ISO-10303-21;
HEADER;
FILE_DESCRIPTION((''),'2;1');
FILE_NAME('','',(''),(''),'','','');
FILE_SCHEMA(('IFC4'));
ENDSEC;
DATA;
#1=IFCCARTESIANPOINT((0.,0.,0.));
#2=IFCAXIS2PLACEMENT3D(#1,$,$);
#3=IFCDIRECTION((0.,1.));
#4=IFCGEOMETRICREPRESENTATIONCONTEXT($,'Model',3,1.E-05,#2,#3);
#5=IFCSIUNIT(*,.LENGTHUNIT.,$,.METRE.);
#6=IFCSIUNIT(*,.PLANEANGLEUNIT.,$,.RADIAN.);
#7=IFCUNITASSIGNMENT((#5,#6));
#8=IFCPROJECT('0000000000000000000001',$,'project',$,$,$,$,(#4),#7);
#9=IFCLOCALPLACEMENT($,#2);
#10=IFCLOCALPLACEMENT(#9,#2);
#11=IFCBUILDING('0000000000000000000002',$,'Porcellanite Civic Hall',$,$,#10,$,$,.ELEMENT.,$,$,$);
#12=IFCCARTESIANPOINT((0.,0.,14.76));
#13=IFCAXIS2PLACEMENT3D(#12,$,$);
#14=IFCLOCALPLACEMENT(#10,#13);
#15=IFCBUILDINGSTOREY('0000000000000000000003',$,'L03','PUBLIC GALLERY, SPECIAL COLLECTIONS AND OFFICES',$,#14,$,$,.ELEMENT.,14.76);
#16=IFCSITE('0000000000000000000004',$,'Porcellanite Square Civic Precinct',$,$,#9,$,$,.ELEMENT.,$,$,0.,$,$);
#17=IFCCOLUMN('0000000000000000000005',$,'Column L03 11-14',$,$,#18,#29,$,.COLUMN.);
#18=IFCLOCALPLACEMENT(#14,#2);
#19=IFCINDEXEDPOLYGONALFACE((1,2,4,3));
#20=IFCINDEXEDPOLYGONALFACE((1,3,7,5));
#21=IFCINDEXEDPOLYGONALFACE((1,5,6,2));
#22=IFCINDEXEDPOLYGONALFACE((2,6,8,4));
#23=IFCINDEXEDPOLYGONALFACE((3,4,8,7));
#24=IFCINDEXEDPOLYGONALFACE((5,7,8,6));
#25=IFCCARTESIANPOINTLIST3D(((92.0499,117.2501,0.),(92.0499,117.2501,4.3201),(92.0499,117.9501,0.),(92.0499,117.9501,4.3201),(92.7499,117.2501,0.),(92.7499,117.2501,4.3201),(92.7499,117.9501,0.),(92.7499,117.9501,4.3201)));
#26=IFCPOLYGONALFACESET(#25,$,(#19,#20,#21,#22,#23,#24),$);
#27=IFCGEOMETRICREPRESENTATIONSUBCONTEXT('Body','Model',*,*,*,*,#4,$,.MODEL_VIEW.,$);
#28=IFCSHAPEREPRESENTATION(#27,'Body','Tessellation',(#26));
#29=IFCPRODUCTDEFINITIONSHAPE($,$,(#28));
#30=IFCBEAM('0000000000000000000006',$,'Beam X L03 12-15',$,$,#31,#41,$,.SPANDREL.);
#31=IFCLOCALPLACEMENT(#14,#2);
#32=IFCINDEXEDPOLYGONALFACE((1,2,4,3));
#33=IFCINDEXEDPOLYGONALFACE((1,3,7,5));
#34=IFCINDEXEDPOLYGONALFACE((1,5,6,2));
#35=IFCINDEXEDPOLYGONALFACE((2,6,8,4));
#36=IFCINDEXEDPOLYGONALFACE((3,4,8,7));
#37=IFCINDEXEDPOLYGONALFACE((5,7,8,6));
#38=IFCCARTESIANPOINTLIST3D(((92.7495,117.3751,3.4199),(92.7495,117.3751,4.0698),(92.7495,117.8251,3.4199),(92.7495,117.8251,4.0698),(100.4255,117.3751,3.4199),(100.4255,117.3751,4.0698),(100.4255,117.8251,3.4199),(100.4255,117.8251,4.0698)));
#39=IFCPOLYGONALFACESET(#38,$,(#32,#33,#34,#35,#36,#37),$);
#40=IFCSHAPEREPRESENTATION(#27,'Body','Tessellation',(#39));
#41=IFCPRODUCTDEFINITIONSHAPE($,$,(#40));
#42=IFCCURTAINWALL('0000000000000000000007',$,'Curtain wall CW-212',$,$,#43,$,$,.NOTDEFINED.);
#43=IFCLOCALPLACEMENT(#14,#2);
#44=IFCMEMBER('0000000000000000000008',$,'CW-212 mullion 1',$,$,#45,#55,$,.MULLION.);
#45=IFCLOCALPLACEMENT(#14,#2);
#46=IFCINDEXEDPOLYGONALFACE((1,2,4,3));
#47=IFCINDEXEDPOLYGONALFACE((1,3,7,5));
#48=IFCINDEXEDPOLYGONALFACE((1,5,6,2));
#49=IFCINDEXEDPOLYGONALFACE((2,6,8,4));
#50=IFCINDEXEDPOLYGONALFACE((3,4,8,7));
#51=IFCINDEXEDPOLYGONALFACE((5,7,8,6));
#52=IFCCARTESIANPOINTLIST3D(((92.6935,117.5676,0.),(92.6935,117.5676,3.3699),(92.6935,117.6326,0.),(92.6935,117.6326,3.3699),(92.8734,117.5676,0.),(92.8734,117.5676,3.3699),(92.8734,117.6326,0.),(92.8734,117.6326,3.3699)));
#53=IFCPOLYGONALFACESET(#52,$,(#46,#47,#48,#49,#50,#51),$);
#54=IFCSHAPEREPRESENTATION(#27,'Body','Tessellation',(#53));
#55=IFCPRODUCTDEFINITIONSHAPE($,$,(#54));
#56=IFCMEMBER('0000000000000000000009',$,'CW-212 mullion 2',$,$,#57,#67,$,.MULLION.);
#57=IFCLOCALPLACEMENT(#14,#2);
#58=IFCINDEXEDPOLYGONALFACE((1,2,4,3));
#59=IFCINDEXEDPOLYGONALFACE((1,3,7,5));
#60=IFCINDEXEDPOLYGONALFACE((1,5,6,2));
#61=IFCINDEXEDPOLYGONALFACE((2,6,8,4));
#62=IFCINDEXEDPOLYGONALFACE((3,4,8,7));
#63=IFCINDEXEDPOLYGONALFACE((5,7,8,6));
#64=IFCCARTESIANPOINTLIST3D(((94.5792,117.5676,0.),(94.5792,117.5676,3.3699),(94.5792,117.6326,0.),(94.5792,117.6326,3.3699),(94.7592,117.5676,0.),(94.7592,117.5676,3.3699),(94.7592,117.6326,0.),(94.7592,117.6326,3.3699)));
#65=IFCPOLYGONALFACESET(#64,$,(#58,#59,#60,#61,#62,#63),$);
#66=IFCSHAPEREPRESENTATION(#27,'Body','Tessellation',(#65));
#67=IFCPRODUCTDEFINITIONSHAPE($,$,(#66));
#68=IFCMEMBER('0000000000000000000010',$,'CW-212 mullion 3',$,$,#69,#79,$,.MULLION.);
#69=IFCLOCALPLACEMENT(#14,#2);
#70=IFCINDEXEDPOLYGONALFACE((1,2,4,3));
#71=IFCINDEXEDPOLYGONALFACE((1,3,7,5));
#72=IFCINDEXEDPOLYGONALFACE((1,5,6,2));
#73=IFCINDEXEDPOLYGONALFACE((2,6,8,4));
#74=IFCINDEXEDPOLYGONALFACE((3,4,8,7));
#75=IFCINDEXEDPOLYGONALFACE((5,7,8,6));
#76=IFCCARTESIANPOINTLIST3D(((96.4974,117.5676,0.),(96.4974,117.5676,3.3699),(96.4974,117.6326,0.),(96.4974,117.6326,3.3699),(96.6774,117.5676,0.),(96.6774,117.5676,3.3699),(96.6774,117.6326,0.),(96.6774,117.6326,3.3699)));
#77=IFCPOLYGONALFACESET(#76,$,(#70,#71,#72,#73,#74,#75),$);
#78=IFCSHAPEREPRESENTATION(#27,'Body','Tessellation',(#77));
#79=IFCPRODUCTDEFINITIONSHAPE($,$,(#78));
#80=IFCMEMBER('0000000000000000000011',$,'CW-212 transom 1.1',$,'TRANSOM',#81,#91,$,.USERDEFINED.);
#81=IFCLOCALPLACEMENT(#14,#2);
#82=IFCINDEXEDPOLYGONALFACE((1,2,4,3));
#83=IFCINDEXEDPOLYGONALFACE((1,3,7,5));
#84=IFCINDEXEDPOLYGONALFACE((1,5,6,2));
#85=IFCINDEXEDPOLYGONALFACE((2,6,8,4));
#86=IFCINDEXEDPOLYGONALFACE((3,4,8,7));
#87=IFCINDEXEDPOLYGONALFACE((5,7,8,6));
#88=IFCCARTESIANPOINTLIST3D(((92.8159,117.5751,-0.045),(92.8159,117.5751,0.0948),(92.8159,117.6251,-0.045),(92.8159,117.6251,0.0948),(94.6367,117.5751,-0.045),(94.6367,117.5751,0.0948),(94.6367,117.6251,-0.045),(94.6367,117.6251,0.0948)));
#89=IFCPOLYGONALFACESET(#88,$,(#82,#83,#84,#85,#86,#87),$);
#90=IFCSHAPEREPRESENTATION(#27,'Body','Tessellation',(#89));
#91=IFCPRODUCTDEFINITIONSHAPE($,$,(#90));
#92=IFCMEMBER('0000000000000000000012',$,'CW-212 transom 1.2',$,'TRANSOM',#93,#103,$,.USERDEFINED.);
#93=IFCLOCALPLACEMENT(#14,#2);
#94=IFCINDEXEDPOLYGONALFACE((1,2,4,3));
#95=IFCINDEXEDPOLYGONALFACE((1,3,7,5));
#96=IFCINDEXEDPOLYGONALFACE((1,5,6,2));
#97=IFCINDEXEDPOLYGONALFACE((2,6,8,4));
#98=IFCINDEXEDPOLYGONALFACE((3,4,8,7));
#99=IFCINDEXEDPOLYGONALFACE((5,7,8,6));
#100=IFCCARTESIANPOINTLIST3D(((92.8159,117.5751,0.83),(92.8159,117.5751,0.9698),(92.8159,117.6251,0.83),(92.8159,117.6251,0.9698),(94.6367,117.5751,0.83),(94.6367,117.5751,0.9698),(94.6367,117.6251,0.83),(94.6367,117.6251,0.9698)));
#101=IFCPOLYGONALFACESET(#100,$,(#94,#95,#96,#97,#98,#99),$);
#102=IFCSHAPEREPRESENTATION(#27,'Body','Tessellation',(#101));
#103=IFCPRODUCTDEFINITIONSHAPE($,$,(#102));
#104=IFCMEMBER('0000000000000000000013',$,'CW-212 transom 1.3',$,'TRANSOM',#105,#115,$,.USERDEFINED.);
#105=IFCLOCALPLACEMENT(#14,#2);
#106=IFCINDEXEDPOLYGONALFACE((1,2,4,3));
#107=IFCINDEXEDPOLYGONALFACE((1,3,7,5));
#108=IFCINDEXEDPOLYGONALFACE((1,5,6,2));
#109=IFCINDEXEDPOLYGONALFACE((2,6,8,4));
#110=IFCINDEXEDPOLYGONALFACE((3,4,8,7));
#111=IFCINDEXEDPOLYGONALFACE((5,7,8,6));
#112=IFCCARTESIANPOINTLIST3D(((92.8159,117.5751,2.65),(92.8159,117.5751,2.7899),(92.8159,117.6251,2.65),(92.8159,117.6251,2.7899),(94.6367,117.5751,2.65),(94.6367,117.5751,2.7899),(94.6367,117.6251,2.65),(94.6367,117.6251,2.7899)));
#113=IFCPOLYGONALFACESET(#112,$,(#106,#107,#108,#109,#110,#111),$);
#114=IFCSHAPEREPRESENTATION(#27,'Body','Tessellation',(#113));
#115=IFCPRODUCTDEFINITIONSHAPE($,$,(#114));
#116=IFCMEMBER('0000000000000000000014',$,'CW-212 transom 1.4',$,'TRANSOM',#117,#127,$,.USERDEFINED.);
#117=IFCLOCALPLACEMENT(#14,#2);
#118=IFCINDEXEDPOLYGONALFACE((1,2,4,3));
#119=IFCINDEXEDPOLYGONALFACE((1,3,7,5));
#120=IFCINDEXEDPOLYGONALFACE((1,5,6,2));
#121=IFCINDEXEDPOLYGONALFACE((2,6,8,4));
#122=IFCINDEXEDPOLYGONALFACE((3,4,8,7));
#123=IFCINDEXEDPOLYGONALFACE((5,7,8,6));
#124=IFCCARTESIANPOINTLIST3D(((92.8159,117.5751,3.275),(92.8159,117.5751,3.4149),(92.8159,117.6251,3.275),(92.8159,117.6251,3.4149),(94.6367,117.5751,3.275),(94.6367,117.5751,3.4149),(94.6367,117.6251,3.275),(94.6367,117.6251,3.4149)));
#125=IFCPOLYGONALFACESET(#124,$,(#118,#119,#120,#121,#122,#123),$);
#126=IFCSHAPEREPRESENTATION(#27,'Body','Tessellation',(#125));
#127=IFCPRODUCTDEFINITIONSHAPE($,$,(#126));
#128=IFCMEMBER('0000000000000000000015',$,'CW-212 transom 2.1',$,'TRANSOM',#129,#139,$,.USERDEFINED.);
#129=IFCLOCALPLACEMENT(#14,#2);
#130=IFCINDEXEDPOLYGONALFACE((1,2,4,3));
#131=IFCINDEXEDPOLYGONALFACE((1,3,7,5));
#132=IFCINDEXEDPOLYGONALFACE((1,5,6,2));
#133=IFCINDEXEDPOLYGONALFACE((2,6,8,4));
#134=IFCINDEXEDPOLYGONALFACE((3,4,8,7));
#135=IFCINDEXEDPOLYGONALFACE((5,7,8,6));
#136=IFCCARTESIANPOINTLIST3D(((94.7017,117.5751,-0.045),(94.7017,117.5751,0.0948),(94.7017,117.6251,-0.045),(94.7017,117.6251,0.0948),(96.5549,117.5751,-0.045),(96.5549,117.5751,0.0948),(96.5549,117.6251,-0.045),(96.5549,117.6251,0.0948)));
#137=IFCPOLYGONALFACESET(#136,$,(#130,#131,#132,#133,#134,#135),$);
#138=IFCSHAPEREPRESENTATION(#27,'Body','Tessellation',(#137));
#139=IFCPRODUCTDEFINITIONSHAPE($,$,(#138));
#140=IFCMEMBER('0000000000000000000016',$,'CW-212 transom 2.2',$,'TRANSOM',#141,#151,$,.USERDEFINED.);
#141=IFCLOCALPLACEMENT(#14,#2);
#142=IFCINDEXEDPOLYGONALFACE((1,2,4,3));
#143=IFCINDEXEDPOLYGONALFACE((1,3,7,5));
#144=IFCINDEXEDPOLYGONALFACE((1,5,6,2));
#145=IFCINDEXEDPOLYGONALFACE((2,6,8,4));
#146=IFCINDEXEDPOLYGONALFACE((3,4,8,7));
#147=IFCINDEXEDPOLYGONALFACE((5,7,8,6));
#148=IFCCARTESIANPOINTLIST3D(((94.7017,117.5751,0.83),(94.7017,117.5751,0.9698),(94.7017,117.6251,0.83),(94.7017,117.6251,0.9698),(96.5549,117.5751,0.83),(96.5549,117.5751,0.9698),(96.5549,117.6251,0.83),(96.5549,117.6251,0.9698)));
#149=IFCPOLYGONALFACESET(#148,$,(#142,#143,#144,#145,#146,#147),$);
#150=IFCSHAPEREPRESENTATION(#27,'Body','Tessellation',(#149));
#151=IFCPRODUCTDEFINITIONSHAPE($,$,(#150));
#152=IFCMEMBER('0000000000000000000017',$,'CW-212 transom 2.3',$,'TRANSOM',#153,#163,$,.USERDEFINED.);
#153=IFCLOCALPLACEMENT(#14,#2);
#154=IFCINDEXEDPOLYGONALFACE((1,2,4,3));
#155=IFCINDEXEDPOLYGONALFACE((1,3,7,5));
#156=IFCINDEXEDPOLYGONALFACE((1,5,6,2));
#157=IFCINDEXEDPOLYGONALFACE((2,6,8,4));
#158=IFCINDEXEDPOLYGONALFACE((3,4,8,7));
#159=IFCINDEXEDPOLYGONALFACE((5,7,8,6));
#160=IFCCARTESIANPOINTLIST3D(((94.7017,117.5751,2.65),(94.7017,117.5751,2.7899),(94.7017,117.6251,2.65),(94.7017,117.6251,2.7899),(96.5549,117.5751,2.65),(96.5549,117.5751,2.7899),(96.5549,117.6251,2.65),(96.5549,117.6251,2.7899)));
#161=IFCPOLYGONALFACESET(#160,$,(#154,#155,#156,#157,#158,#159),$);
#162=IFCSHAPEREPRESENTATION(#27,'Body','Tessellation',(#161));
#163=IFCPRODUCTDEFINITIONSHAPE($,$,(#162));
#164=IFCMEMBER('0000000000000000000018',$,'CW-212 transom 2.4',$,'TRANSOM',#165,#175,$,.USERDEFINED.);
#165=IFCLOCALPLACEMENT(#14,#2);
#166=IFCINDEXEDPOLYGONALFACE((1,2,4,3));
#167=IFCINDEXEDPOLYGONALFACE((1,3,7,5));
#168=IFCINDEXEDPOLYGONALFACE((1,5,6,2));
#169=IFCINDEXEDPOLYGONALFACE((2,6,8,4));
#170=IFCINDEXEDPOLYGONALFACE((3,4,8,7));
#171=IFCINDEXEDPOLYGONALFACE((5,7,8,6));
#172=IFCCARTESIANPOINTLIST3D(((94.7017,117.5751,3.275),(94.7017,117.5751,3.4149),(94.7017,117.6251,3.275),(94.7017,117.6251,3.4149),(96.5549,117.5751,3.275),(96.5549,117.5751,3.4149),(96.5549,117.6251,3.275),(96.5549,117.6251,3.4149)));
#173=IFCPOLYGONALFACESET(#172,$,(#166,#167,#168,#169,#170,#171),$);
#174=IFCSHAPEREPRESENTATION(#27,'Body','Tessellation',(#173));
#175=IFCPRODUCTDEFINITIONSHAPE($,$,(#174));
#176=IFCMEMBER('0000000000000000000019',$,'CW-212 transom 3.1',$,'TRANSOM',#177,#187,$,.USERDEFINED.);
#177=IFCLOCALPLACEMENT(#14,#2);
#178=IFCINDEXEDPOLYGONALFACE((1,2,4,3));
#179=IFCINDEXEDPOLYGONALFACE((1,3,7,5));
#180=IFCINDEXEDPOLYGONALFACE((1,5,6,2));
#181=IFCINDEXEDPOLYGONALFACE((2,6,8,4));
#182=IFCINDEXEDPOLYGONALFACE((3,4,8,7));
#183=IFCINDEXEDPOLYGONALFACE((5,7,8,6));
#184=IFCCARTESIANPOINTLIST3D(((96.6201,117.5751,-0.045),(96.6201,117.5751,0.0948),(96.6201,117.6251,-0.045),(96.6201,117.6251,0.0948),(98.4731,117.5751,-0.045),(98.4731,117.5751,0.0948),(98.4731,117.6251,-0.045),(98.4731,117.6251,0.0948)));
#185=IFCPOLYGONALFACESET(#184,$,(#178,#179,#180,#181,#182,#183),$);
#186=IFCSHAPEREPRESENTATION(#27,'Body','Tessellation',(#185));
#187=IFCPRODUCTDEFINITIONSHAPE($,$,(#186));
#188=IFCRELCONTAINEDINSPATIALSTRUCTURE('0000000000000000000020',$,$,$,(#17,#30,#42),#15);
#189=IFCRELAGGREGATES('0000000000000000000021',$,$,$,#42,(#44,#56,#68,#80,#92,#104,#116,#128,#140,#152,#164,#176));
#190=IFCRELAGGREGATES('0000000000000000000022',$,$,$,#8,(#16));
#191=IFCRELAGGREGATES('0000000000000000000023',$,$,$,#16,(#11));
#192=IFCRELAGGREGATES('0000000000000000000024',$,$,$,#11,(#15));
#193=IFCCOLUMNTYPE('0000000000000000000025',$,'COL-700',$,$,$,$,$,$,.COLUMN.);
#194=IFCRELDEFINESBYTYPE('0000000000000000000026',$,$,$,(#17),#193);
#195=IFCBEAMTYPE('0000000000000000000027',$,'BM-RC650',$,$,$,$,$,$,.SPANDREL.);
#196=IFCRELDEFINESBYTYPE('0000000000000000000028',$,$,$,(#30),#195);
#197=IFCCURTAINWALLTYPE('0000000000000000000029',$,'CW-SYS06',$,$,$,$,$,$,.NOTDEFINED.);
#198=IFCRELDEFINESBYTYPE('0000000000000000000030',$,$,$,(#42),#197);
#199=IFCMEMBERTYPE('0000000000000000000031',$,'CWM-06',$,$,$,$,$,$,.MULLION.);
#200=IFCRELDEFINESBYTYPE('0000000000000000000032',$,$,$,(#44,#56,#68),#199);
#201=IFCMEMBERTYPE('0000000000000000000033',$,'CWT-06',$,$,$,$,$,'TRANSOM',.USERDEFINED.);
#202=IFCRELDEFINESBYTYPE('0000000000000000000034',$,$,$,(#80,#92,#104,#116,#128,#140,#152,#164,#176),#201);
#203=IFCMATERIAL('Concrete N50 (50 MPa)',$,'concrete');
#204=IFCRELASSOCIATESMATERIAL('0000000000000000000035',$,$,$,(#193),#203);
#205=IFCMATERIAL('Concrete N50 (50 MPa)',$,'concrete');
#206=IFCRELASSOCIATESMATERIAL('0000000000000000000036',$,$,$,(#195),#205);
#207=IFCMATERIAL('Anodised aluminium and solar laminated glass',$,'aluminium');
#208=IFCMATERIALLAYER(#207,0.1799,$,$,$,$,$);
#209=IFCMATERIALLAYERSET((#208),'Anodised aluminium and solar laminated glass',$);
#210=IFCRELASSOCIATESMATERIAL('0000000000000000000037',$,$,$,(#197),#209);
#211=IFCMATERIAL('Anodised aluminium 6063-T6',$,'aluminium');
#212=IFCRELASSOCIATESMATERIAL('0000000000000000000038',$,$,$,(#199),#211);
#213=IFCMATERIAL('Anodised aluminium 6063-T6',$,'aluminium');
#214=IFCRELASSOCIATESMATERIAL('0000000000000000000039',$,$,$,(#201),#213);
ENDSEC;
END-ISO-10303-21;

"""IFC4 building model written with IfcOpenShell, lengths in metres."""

from ifc_helpers import new_model, si_unit, direction, frame, origin, origin_2d, place, context, subcontext, project, spatial, rectangle, extrude, material, layer, layer_set, material_profile, profile_set, type_object, element, aggregate, save


model = new_model("IFC4")

# Units and contexts
model_context = context("Model", 3, precision=1e-05, world=origin(), true_north=direction((0.0, 1.0)))
body_context = subcontext(model_context, "Body", "Model", "MODEL_VIEW")
ifc_project = project(units=[si_unit("LENGTHUNIT", "METRE"), si_unit("PLANEANGLEUNIT", "RADIAN")], contexts=[model_context])

# Site, building, storey
site_placement = place(None, origin())
site = spatial("IfcSite", under=ifc_project, at=site_placement, Name="Porcellanite Square Civic Precinct", CompositionType="ELEMENT", RefElevation=0.0)
building_placement = place(site_placement, origin())
building = spatial("IfcBuilding", under=site, at=building_placement, Name="Porcellanite Civic Hall", CompositionType="ELEMENT")
storey_placement = place(building_placement, frame((0.0, 0.0, 14.76)))
storey = spatial("IfcBuildingStorey", under=building, at=storey_placement, Name="L03", Description="PUBLIC GALLERY, SPECIAL COLLECTIONS AND OFFICES", CompositionType="ELEMENT", Elevation=14.76)

# Column
ifc_material_1 = material(Name="Concrete N50 (50 MPa)", Category="concrete")
ifc_material_profile_1 = material_profile(ifc_material_1, rectangle(XDim=0.7, YDim=0.7, at=origin_2d()), Name="RC-700x700")
ifc_profile_set_1 = profile_set([ifc_material_profile_1], Name="Concrete N50 (50 MPa)")
column_type = type_object("IfcColumnType", Name="COL-700", PredefinedType="COLUMN", material=ifc_profile_set_1)
column_placement = place(storey_placement, frame((92.3999, 117.6001, 0.0), z_axis=(0.0, 0.0, 1.0), x_axis=(1.0, 0.0, 0.0)))
element("IfcColumn", 1, at=column_placement, inside=storey, type_object=column_type, Name="Column L03 11-14", PredefinedType="COLUMN", context=body_context, shape_type="SweptSolid", body=[
    extrude(rectangle(XDim=0.7, YDim=0.7, at=origin_2d()), origin(), (0.0, 0.0, 1.0), 4.3201),
])

# Beam
ifc_material_2 = material(Name="Concrete N50 (50 MPa)", Category="concrete")
ifc_material_profile_2 = material_profile(ifc_material_2, rectangle(XDim=0.45, YDim=0.6499, at=origin_2d()), Name="RC-450x650")
ifc_profile_set_2 = profile_set([ifc_material_profile_2], Name="Concrete N50 (50 MPa)")
beam_type = type_object("IfcBeamType", Name="BM-RC650", PredefinedType="SPANDREL", material=ifc_profile_set_2)
beam_placement = place(storey_placement, frame((92.7495, 117.6001, 3.7449), z_axis=(1.0, 0.0, 0.0), x_axis=(0.0, 1.0, 0.0)))
element("IfcBeam", 2, at=beam_placement, inside=storey, type_object=beam_type, Name="Beam X L03 12-15", PredefinedType="SPANDREL", context=body_context, shape_type="SweptSolid", body=[
    extrude(rectangle(XDim=0.45, YDim=0.6499, at=origin_2d()), origin(), (0.0, 0.0, 1.0), 7.676),
])

# Curtain wall, members
ifc_material_3 = material(Name="Anodised aluminium and solar laminated glass", Category="aluminium")
ifc_layer_1 = layer(ifc_material_3, 0.1799)
ifc_layer_set_1 = layer_set([ifc_layer_1], Name="Anodised aluminium and solar laminated glass")
curtain_wall_type = type_object("IfcCurtainWallType", Name="CW-SYS06", PredefinedType="NOTDEFINED", material=ifc_layer_set_1)
curtain_wall_placement = place(storey_placement, origin())
curtain_wall = element("IfcCurtainWall", 3, at=curtain_wall_placement, inside=storey, type_object=curtain_wall_type, Name="Curtain wall CW-212", PredefinedType="NOTDEFINED")
ifc_material_4 = material(Name="Anodised aluminium 6063-T6", Category="aluminium")
ifc_material_profile_3 = material_profile(ifc_material_4, rectangle(XDim=0.0649, YDim=0.1799, at=origin_2d()), Name="AL-65x180")
ifc_profile_set_3 = profile_set([ifc_material_profile_3], Name="Anodised aluminium 6063-T6")
member_type_1 = type_object("IfcMemberType", Name="CWM-06", PredefinedType="MULLION", material=ifc_profile_set_3)
member_1_placement = place(storey_placement, frame((92.7834, 117.6001, 0.0), z_axis=(0.0, 0.0, 1.0), x_axis=(0.0, 1.0, 0.0)))
member_1 = element("IfcMember", 4, at=member_1_placement, type_object=member_type_1, Name="CW-212 mullion 1", PredefinedType="MULLION", context=body_context, shape_type="SweptSolid", body=[
    extrude(rectangle(XDim=0.0649, YDim=0.1799, at=origin_2d()), origin(), (0.0, 0.0, 1.0), 3.3699),
])
member_2_placement = place(storey_placement, frame((94.6692, 117.6001, 0.0), z_axis=(0.0, 0.0, 1.0), x_axis=(0.0, 1.0, 0.0)))
member_2 = element("IfcMember", 5, at=member_2_placement, type_object=member_type_1, Name="CW-212 mullion 2", PredefinedType="MULLION", context=body_context, shape_type="SweptSolid", body=[
    extrude(rectangle(XDim=0.0649, YDim=0.1799, at=origin_2d()), origin(), (0.0, 0.0, 1.0), 3.3699),
])
member_3_placement = place(storey_placement, frame((96.5874, 117.6001, 0.0), z_axis=(0.0, 0.0, 1.0), x_axis=(0.0, 1.0, 0.0)))
member_3 = element("IfcMember", 6, at=member_3_placement, type_object=member_type_1, Name="CW-212 mullion 3", PredefinedType="MULLION", context=body_context, shape_type="SweptSolid", body=[
    extrude(rectangle(XDim=0.0649, YDim=0.1799, at=origin_2d()), origin(), (0.0, 0.0, 1.0), 3.3699),
])
ifc_material_5 = material(Name="Anodised aluminium 6063-T6", Category="aluminium")
ifc_material_profile_4 = material_profile(ifc_material_5, rectangle(XDim=0.05, YDim=0.1399, at=origin_2d()), Name="AL-50x140")
ifc_profile_set_4 = profile_set([ifc_material_profile_4], Name="Anodised aluminium 6063-T6")
member_type_2 = type_object("IfcMemberType", Name="CWT-06", ElementType="TRANSOM", PredefinedType="USERDEFINED", material=ifc_profile_set_4)
member_4_placement = place(storey_placement, frame((92.8159, 117.6001, 0.0249), z_axis=(1.0, 0.0, 0.0), x_axis=(0.0, 1.0, 0.0)))
member_4 = element("IfcMember", 7, at=member_4_placement, type_object=member_type_2, Name="CW-212 transom 1.1", ObjectType="TRANSOM", PredefinedType="USERDEFINED", context=body_context, shape_type="SweptSolid", body=[
    extrude(rectangle(XDim=0.05, YDim=0.1399, at=origin_2d()), origin(), (0.0, 0.0, 1.0), 1.8208),
])
member_5_placement = place(storey_placement, frame((92.8159, 117.6001, 0.8999), z_axis=(1.0, 0.0, 0.0), x_axis=(0.0, 1.0, 0.0)))
member_5 = element("IfcMember", 8, at=member_5_placement, type_object=member_type_2, Name="CW-212 transom 1.2", ObjectType="TRANSOM", PredefinedType="USERDEFINED", context=body_context, shape_type="SweptSolid", body=[
    extrude(rectangle(XDim=0.05, YDim=0.1399, at=origin_2d()), origin(), (0.0, 0.0, 1.0), 1.8208),
])
member_6_placement = place(storey_placement, frame((92.8159, 117.6001, 2.72), z_axis=(1.0, 0.0, 0.0), x_axis=(0.0, 1.0, 0.0)))
member_6 = element("IfcMember", 9, at=member_6_placement, type_object=member_type_2, Name="CW-212 transom 1.3", ObjectType="TRANSOM", PredefinedType="USERDEFINED", context=body_context, shape_type="SweptSolid", body=[
    extrude(rectangle(XDim=0.05, YDim=0.1399, at=origin_2d()), origin(), (0.0, 0.0, 1.0), 1.8208),
])
member_7_placement = place(storey_placement, frame((92.8159, 117.6001, 3.345), z_axis=(1.0, 0.0, 0.0), x_axis=(0.0, 1.0, 0.0)))
member_7 = element("IfcMember", 10, at=member_7_placement, type_object=member_type_2, Name="CW-212 transom 1.4", ObjectType="TRANSOM", PredefinedType="USERDEFINED", context=body_context, shape_type="SweptSolid", body=[
    extrude(rectangle(XDim=0.05, YDim=0.1399, at=origin_2d()), origin(), (0.0, 0.0, 1.0), 1.8208),
])
member_8_placement = place(storey_placement, frame((94.7017, 117.6001, 0.0249), z_axis=(1.0, 0.0, 0.0), x_axis=(0.0, 1.0, 0.0)))
member_8 = element("IfcMember", 11, at=member_8_placement, type_object=member_type_2, Name="CW-212 transom 2.1", ObjectType="TRANSOM", PredefinedType="USERDEFINED", context=body_context, shape_type="SweptSolid", body=[
    extrude(rectangle(XDim=0.05, YDim=0.1399, at=origin_2d()), origin(), (0.0, 0.0, 1.0), 1.8533),
])
member_9_placement = place(storey_placement, frame((94.7017, 117.6001, 0.8999), z_axis=(1.0, 0.0, 0.0), x_axis=(0.0, 1.0, 0.0)))
member_9 = element("IfcMember", 12, at=member_9_placement, type_object=member_type_2, Name="CW-212 transom 2.2", ObjectType="TRANSOM", PredefinedType="USERDEFINED", context=body_context, shape_type="SweptSolid", body=[
    extrude(rectangle(XDim=0.05, YDim=0.1399, at=origin_2d()), origin(), (0.0, 0.0, 1.0), 1.8533),
])
member_10_placement = place(storey_placement, frame((94.7017, 117.6001, 2.72), z_axis=(1.0, 0.0, 0.0), x_axis=(0.0, 1.0, 0.0)))
member_10 = element("IfcMember", 13, at=member_10_placement, type_object=member_type_2, Name="CW-212 transom 2.3", ObjectType="TRANSOM", PredefinedType="USERDEFINED", context=body_context, shape_type="SweptSolid", body=[
    extrude(rectangle(XDim=0.05, YDim=0.1399, at=origin_2d()), origin(), (0.0, 0.0, 1.0), 1.8533),
])
member_11_placement = place(storey_placement, frame((94.7017, 117.6001, 3.345), z_axis=(1.0, 0.0, 0.0), x_axis=(0.0, 1.0, 0.0)))
member_11 = element("IfcMember", 14, at=member_11_placement, type_object=member_type_2, Name="CW-212 transom 2.4", ObjectType="TRANSOM", PredefinedType="USERDEFINED", context=body_context, shape_type="SweptSolid", body=[
    extrude(rectangle(XDim=0.05, YDim=0.1399, at=origin_2d()), origin(), (0.0, 0.0, 1.0), 1.8533),
])
member_12_placement = place(storey_placement, frame((96.6201, 117.6001, 0.0249), z_axis=(1.0, 0.0, 0.0), x_axis=(0.0, 1.0, 0.0)))
member_12 = element("IfcMember", 15, at=member_12_placement, type_object=member_type_2, Name="CW-212 transom 3.1", ObjectType="TRANSOM", PredefinedType="USERDEFINED", context=body_context, shape_type="SweptSolid", body=[
    extrude(rectangle(XDim=0.05, YDim=0.1399, at=origin_2d()), origin(), (0.0, 0.0, 1.0), 1.853),
])

aggregate(curtain_wall, [member_1, member_2, member_3, member_4, member_5, member_6, member_7, member_8, member_9, member_10, member_11, member_12])

save(model, "model.ifc")
